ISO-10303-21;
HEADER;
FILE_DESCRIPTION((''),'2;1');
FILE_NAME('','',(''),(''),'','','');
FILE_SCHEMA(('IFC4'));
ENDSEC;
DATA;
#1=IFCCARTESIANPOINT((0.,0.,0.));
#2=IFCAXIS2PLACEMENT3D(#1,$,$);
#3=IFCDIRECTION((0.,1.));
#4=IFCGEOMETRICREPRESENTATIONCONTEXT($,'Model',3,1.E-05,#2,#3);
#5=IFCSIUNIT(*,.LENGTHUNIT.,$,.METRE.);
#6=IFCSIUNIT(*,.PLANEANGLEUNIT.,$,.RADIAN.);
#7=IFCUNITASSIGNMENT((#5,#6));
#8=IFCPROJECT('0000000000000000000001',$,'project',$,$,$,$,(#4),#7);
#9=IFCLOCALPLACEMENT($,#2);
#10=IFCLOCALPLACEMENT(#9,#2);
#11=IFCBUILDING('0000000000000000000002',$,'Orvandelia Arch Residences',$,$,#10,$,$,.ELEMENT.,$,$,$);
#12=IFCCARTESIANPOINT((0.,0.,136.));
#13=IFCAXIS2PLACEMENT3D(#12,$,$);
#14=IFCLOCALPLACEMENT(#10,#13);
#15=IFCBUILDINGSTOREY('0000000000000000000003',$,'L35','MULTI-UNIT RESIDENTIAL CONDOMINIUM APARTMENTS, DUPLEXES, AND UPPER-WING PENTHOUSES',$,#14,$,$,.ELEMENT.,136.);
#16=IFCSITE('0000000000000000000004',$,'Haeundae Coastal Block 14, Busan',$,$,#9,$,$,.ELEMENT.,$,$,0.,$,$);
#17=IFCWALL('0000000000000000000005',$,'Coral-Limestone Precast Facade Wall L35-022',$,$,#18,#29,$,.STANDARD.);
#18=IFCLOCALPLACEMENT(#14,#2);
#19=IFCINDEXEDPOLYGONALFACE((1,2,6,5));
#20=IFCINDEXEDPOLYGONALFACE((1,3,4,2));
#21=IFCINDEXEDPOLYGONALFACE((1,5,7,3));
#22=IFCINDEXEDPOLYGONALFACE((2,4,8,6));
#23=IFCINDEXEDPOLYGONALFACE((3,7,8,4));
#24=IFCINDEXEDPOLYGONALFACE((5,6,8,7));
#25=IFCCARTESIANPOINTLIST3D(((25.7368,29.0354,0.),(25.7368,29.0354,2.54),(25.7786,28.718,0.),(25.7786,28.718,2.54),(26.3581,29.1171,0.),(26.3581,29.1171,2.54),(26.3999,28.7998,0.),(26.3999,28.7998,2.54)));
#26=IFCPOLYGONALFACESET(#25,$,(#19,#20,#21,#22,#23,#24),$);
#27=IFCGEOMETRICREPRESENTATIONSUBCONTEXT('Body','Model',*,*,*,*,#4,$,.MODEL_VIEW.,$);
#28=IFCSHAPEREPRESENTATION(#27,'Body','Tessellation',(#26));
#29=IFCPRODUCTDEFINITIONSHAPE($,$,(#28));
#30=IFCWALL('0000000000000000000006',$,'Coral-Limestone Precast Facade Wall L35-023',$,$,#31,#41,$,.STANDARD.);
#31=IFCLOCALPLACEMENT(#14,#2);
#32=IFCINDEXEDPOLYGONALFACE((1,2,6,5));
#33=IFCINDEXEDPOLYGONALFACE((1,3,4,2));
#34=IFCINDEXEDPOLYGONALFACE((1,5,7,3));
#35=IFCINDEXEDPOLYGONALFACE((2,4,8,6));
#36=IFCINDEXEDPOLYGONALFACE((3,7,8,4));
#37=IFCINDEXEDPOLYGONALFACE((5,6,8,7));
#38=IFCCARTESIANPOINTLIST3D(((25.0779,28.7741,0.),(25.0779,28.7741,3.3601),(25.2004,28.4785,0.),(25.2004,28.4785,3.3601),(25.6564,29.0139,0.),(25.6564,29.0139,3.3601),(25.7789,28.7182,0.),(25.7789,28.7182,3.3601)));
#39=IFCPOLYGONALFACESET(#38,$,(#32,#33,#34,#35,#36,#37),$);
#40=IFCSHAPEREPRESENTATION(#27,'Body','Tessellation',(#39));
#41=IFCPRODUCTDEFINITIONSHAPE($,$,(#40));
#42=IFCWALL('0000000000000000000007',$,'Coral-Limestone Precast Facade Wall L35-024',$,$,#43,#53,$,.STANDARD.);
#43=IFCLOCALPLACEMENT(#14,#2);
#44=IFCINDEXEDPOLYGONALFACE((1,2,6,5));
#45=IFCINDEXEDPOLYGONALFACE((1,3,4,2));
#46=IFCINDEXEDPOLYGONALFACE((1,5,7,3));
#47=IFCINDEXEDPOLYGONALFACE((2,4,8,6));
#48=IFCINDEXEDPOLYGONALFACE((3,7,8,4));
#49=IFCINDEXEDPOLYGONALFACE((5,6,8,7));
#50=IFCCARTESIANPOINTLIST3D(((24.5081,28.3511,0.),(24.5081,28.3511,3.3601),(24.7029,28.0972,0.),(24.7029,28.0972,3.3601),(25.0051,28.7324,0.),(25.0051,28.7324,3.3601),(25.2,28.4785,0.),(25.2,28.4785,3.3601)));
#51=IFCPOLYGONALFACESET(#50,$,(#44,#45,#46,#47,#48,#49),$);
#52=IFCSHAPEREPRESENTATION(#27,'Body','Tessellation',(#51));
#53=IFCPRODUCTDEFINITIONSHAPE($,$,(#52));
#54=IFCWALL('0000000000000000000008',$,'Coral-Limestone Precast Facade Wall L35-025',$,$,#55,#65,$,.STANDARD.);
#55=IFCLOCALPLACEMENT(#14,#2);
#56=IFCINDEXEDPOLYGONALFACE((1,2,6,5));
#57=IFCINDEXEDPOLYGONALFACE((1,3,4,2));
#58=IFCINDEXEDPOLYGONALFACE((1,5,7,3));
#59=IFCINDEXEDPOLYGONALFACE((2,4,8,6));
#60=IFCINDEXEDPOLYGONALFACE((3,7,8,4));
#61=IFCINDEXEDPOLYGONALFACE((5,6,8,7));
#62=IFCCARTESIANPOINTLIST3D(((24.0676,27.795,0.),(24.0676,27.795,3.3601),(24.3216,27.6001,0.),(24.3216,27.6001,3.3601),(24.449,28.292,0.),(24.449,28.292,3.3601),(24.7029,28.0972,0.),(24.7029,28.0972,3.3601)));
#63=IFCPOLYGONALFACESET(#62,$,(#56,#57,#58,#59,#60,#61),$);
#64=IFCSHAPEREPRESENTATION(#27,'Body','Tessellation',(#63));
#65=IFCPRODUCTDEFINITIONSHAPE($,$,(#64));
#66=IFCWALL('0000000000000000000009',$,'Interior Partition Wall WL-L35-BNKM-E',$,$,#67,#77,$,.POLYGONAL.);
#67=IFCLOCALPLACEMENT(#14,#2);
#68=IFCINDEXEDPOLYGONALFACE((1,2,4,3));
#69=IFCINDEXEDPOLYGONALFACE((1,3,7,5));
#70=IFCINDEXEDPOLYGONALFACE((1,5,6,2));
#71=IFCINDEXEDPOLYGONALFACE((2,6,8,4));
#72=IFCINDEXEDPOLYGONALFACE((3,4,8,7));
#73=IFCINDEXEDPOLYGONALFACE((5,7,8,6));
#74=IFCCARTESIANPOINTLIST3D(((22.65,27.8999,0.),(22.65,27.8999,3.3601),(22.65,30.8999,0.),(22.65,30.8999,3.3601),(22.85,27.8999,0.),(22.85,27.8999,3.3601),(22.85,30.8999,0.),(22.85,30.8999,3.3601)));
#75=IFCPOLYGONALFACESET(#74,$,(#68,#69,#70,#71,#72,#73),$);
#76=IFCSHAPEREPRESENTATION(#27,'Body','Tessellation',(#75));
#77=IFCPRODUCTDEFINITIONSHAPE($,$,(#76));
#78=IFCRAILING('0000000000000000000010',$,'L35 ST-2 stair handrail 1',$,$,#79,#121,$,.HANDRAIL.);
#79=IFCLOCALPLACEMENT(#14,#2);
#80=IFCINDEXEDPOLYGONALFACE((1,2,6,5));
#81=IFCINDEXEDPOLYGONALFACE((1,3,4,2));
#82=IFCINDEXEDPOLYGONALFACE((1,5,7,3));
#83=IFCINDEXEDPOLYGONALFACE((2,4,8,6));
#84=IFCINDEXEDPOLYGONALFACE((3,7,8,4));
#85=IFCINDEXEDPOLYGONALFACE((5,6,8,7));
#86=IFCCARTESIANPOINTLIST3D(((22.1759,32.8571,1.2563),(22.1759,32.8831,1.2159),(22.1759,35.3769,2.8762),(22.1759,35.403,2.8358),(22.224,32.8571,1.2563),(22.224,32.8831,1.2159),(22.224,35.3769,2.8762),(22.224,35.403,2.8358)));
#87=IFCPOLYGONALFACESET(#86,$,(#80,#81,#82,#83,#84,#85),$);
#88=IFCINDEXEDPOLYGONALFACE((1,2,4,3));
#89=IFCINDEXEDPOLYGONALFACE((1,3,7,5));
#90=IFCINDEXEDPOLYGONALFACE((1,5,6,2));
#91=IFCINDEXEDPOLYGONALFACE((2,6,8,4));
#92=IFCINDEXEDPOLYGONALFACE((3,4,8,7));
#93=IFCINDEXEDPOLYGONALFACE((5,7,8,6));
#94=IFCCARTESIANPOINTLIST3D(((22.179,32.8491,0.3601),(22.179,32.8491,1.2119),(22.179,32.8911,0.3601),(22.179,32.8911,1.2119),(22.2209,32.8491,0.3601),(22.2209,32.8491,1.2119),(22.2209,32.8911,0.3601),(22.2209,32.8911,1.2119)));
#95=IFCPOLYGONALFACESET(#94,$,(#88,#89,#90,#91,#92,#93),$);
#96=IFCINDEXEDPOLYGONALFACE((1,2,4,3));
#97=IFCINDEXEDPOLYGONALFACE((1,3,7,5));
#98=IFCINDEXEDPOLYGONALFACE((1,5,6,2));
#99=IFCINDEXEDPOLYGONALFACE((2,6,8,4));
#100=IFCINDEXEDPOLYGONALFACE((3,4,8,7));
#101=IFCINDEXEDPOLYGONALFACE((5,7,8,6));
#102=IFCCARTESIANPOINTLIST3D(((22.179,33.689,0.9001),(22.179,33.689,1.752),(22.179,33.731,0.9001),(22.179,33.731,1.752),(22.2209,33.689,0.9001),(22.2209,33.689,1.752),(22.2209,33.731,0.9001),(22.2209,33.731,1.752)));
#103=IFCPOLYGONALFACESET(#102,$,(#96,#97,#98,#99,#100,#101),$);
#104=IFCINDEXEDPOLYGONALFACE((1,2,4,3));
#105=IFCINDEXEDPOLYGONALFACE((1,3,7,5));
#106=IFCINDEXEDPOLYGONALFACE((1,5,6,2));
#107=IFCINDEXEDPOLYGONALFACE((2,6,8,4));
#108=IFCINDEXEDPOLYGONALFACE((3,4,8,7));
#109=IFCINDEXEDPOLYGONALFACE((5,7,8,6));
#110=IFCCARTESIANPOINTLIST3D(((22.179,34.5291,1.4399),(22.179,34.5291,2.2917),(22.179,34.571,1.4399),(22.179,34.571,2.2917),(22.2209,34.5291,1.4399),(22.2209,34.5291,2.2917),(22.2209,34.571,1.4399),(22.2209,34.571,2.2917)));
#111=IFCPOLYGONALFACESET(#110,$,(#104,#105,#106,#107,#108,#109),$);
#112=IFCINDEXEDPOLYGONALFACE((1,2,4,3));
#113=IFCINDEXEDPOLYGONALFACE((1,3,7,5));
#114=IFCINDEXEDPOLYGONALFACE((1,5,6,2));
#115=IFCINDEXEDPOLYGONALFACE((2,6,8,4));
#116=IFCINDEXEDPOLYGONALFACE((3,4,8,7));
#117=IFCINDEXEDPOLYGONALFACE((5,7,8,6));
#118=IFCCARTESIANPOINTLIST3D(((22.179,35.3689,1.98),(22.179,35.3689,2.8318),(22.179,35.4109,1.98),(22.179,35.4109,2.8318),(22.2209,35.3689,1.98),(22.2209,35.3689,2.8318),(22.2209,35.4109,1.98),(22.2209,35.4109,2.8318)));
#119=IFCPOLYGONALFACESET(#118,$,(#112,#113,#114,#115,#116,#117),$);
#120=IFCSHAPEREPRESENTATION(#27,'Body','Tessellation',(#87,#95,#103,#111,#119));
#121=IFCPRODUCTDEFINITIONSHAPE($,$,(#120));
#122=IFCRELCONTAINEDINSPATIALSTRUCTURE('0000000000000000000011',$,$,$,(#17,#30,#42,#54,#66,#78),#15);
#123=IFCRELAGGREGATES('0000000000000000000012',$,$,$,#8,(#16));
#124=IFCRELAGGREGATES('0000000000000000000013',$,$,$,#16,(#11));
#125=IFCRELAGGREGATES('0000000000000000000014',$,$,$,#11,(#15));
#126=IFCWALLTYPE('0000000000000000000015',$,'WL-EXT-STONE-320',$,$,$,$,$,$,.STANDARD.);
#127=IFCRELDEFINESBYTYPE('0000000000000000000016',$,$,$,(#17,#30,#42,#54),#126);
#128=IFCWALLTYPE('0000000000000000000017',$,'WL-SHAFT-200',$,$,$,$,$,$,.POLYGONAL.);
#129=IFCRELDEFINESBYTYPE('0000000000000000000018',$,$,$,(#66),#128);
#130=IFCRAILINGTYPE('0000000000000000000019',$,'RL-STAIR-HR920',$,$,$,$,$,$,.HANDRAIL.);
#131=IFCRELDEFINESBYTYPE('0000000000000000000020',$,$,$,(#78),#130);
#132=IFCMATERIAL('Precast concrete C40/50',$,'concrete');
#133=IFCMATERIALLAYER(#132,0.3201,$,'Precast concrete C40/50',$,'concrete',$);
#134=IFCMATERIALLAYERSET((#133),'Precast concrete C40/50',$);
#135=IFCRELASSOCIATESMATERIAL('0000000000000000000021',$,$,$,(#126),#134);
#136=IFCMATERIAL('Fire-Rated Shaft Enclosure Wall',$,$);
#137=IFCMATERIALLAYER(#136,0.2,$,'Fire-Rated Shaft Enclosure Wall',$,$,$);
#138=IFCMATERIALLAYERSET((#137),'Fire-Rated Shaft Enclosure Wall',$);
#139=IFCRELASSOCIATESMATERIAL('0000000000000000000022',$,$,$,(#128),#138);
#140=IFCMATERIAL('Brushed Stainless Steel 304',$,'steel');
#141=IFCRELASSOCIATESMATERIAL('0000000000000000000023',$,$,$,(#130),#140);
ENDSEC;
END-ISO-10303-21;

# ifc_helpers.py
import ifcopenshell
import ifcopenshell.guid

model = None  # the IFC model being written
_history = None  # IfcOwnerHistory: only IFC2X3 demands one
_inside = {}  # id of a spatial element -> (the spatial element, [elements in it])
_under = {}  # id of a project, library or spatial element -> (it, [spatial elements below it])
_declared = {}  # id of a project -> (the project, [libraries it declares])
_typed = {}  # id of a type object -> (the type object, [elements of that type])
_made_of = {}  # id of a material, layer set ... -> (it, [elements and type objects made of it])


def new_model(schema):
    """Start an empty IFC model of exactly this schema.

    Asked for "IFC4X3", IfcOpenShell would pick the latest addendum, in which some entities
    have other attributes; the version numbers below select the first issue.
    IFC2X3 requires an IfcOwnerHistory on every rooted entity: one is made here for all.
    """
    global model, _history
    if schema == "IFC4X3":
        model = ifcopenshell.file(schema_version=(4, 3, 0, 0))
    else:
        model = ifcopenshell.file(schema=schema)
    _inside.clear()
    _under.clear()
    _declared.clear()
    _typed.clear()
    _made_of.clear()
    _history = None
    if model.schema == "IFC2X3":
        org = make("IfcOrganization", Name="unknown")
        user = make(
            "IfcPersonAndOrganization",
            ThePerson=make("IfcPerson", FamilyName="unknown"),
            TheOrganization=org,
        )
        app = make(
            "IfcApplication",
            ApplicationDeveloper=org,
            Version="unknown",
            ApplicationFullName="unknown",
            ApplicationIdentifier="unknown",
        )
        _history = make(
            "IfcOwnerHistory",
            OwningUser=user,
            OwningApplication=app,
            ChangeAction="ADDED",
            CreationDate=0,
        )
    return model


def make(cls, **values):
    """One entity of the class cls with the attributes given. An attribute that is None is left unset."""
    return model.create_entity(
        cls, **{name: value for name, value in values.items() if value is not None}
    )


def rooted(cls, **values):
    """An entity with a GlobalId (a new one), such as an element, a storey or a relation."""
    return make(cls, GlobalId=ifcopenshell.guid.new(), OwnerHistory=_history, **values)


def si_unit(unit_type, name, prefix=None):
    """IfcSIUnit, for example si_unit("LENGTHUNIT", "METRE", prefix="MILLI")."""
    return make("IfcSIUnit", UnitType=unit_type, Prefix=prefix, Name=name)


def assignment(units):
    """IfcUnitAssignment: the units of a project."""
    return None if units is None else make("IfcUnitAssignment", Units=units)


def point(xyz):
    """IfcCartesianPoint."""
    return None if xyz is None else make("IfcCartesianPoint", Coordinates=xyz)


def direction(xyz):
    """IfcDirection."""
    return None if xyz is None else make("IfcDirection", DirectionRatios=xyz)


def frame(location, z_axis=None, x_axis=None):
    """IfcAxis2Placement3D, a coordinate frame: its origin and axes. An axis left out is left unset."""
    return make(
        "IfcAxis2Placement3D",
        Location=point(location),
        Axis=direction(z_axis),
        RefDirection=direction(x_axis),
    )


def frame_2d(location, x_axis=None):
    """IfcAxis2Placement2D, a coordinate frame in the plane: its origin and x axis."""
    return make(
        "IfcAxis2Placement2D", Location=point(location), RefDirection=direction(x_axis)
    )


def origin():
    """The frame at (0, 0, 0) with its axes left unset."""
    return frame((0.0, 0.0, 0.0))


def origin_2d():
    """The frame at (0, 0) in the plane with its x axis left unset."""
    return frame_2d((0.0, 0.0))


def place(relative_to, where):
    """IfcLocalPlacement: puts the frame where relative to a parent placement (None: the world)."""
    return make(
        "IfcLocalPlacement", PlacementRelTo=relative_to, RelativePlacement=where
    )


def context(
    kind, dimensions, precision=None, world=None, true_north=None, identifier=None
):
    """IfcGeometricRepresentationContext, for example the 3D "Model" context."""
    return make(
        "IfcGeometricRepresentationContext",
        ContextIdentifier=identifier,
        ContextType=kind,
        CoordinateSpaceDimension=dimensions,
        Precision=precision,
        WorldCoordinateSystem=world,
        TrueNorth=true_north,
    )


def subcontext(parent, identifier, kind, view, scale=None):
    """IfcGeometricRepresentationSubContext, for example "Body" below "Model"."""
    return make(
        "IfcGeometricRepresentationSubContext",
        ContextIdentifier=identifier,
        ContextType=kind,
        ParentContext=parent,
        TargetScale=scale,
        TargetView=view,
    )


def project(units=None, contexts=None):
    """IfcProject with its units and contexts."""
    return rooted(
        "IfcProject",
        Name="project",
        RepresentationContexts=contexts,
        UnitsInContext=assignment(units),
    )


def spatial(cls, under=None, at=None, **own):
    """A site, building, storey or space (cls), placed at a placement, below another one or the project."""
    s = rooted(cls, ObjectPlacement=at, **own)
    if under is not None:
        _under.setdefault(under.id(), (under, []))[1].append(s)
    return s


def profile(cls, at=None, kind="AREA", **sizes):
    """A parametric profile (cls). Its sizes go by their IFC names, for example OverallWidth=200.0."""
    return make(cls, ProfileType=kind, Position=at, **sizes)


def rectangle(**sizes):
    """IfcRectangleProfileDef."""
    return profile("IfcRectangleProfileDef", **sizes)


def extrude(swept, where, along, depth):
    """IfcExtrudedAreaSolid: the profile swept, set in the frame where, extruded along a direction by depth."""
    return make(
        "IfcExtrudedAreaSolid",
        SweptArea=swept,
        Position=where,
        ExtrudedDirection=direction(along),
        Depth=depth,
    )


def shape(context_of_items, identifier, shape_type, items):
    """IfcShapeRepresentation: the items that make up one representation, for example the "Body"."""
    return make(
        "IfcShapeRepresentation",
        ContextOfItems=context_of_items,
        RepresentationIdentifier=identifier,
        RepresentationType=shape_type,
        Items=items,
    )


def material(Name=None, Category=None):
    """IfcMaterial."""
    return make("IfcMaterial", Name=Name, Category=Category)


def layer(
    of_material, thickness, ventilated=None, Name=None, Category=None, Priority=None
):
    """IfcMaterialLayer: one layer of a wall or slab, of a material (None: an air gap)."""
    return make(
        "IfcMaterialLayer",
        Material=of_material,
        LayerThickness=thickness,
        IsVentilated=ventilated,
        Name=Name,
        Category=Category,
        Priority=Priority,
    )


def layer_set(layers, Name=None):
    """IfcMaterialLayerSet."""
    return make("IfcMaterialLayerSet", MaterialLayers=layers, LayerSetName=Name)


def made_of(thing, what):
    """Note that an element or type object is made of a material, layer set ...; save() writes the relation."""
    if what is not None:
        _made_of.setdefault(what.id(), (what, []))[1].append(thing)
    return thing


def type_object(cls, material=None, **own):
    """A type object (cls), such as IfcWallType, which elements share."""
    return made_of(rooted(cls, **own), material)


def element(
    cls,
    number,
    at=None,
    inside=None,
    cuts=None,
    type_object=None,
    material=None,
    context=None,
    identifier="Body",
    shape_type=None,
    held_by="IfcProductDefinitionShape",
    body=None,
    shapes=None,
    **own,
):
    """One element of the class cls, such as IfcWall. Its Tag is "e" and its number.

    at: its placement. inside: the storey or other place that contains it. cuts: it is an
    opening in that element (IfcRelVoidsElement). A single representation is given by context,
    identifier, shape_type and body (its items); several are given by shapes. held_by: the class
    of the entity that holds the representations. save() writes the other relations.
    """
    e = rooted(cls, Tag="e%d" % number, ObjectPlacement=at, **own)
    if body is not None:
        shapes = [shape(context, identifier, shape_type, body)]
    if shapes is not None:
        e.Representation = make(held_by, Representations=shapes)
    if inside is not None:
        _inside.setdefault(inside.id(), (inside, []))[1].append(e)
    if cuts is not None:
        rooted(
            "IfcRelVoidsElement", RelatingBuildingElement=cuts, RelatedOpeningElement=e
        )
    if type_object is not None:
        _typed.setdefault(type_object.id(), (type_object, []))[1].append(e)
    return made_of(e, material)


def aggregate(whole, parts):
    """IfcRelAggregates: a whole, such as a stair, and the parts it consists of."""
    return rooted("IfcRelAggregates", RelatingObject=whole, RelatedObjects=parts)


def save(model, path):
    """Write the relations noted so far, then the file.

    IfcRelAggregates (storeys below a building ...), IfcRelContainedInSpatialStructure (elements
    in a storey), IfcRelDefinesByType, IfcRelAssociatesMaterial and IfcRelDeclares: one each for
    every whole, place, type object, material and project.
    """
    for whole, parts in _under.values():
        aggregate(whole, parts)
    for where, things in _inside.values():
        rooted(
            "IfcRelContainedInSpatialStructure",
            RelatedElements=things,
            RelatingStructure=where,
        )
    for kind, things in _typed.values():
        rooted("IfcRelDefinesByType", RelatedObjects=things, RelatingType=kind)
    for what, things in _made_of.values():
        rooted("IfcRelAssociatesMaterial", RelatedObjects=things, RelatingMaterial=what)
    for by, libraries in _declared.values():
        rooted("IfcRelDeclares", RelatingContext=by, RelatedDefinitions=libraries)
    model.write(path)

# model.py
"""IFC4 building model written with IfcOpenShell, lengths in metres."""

from ifc_helpers import new_model, si_unit, direction, frame, frame_2d, origin, origin_2d, place, context, subcontext, project, spatial, rectangle, extrude, material, layer, layer_set, type_object, element, save


model = new_model("IFC4")

# Units and contexts
model_context = context("Model", 3, precision=1e-05, world=origin(), true_north=direction((0.0, 1.0)))
body_context = subcontext(model_context, "Body", "Model", "MODEL_VIEW")
ifc_project = project(units=[si_unit("LENGTHUNIT", "METRE"), si_unit("PLANEANGLEUNIT", "RADIAN")], contexts=[model_context])

# Site, building, storey
site_placement = place(None, origin())
site = spatial("IfcSite", under=ifc_project, at=site_placement, Name="Haeundae Coastal Block 14, Busan", CompositionType="ELEMENT", RefElevation=0.0)
building_placement = place(site_placement, origin())
building = spatial("IfcBuilding", under=site, at=building_placement, Name="Orvandelia Arch Residences", CompositionType="ELEMENT")
storey_placement = place(building_placement, frame((0.0, 0.0, 136.0)))
storey = spatial("IfcBuildingStorey", under=building, at=storey_placement, Name="L35", Description="MULTI-UNIT RESIDENTIAL CONDOMINIUM APARTMENTS, DUPLEXES, AND UPPER-WING PENTHOUSES", CompositionType="ELEMENT", Elevation=136.0)

# Walls
ifc_material_1 = material(Name="Precast concrete C40/50", Category="concrete")
ifc_layer_1 = layer(ifc_material_1, 0.3201, Name="Precast concrete C40/50", Category="concrete")
ifc_layer_set_1 = layer_set([ifc_layer_1], Name="Precast concrete C40/50")
wall_type_1 = type_object("IfcWallType", Name="WL-EXT-STONE-320", PredefinedType="STANDARD", material=ifc_layer_set_1)
wall_1_placement = place(storey_placement, frame((26.3792, 28.9585, 0.0), z_axis=(0.0, 0.0, 1.0), x_axis=(-0.991448, -0.130505, 0.0)))
element("IfcWall", 1, at=wall_1_placement, inside=storey, type_object=wall_type_1, Name="Coral-Limestone Precast Facade Wall L35-022", PredefinedType="STANDARD", context=body_context, shape_type="SweptSolid", body=[
    extrude(rectangle(XDim=0.6267, YDim=0.3201, at=frame_2d((0.3135, 0.0))), origin(), (0.0, 0.0, 1.0), 2.54),
])
wall_2_placement = place(storey_placement, frame((25.7175, 28.866, 0.0), z_axis=(0.0, 0.0, 1.0), x_axis=(-0.923836, -0.382788, 0.0)))
element("IfcWall", 2, at=wall_2_placement, inside=storey, type_object=wall_type_1, Name="Coral-Limestone Precast Facade Wall L35-023", PredefinedType="STANDARD", context=body_context, shape_type="SweptSolid", body=[
    extrude(rectangle(XDim=0.6262, YDim=0.3201, at=frame_2d((0.313, 0.0))), origin(), (0.0, 0.0, 1.0), 3.3601),
])
for number, where, z_axis, x_axis, name in (
    (3, (25.1025, 28.6055, 0.0), (0.0, 0.0, 1.0), (-0.793406, -0.608693, 0.0), "Coral-Limestone Precast Facade Wall L35-024"),
    (4, (24.5759, 28.1946, 0.0), (0.0, 0.0, 1.0), (-0.608693, -0.793406, 0.0), "Coral-Limestone Precast Facade Wall L35-025"),
):
    element("IfcWall", number, at=place(storey_placement, frame(where, z_axis=z_axis, x_axis=x_axis)), inside=storey, type_object=wall_type_1, Name=name, PredefinedType="STANDARD", context=body_context, shape_type="SweptSolid", body=[
        extrude(rectangle(XDim=0.6265, YDim=0.3201, at=frame_2d((0.3132, 0.0))), origin(), (0.0, 0.0, 1.0), 3.3601),
    ])
ifc_material_2 = material(Name="Fire-Rated Shaft Enclosure Wall")
ifc_layer_2 = layer(ifc_material_2, 0.2, Name="Fire-Rated Shaft Enclosure Wall")
ifc_layer_set_2 = layer_set([ifc_layer_2], Name="Fire-Rated Shaft Enclosure Wall")
wall_type_2 = type_object("IfcWallType", Name="WL-SHAFT-200", PredefinedType="POLYGONAL", material=ifc_layer_set_2)
wall_3_placement = place(storey_placement, frame((22.75, 27.8999, 0.0), z_axis=(0.0, 0.0, 1.0), x_axis=(0.0, 1.0, 0.0)))
element("IfcWall", 5, at=wall_3_placement, inside=storey, type_object=wall_type_2, Name="Interior Partition Wall WL-L35-BNKM-E", PredefinedType="POLYGONAL", context=body_context, shape_type="SweptSolid", body=[
    extrude(rectangle(XDim=3.0, YDim=0.2, at=frame_2d((1.5, 0.0))), origin(), (0.0, 0.0, 1.0), 3.3601),
])

# Railing
ifc_material_3 = material(Name="Brushed Stainless Steel 304", Category="steel")
railing_type = type_object("IfcRailingType", Name="RL-STAIR-HR920", PredefinedType="HANDRAIL", material=ifc_material_3)
railing_placement = place(storey_placement, frame((22.2, 32.8701, 0.3601)))
element("IfcRailing", 6, at=railing_placement, inside=storey, type_object=railing_type, Name="L35 ST-2 stair handrail 1", PredefinedType="HANDRAIL", context=body_context, shape_type="SweptSolid", body=[
    extrude(rectangle(XDim=0.0481, YDim=0.0481, at=origin_2d()), frame((0.0, 0.0, 0.876), z_axis=(0.0, 0.841176, 0.540762), x_axis=(-1.0, 0.0, 0.0)), (0.0, 0.0, 1.0), 2.9956),
    extrude(rectangle(XDim=0.042, YDim=0.042, at=origin_2d()), origin(), (0.0, 0.0, 1.0), 0.8518),
    extrude(rectangle(XDim=0.042, YDim=0.042, at=origin_2d()), frame((0.0, 0.8398, 0.54)), (0.0, 0.0, 1.0), 0.8518),
    extrude(rectangle(XDim=0.042, YDim=0.042, at=origin_2d()), frame((0.0, 1.6799, 1.0798)), (0.0, 0.0, 1.0), 0.8518),
    extrude(rectangle(XDim=0.042, YDim=0.042, at=origin_2d()), frame((0.0, 2.5198, 1.6199)), (0.0, 0.0, 1.0), 0.8518),
])

save(model, "model.ifc")
